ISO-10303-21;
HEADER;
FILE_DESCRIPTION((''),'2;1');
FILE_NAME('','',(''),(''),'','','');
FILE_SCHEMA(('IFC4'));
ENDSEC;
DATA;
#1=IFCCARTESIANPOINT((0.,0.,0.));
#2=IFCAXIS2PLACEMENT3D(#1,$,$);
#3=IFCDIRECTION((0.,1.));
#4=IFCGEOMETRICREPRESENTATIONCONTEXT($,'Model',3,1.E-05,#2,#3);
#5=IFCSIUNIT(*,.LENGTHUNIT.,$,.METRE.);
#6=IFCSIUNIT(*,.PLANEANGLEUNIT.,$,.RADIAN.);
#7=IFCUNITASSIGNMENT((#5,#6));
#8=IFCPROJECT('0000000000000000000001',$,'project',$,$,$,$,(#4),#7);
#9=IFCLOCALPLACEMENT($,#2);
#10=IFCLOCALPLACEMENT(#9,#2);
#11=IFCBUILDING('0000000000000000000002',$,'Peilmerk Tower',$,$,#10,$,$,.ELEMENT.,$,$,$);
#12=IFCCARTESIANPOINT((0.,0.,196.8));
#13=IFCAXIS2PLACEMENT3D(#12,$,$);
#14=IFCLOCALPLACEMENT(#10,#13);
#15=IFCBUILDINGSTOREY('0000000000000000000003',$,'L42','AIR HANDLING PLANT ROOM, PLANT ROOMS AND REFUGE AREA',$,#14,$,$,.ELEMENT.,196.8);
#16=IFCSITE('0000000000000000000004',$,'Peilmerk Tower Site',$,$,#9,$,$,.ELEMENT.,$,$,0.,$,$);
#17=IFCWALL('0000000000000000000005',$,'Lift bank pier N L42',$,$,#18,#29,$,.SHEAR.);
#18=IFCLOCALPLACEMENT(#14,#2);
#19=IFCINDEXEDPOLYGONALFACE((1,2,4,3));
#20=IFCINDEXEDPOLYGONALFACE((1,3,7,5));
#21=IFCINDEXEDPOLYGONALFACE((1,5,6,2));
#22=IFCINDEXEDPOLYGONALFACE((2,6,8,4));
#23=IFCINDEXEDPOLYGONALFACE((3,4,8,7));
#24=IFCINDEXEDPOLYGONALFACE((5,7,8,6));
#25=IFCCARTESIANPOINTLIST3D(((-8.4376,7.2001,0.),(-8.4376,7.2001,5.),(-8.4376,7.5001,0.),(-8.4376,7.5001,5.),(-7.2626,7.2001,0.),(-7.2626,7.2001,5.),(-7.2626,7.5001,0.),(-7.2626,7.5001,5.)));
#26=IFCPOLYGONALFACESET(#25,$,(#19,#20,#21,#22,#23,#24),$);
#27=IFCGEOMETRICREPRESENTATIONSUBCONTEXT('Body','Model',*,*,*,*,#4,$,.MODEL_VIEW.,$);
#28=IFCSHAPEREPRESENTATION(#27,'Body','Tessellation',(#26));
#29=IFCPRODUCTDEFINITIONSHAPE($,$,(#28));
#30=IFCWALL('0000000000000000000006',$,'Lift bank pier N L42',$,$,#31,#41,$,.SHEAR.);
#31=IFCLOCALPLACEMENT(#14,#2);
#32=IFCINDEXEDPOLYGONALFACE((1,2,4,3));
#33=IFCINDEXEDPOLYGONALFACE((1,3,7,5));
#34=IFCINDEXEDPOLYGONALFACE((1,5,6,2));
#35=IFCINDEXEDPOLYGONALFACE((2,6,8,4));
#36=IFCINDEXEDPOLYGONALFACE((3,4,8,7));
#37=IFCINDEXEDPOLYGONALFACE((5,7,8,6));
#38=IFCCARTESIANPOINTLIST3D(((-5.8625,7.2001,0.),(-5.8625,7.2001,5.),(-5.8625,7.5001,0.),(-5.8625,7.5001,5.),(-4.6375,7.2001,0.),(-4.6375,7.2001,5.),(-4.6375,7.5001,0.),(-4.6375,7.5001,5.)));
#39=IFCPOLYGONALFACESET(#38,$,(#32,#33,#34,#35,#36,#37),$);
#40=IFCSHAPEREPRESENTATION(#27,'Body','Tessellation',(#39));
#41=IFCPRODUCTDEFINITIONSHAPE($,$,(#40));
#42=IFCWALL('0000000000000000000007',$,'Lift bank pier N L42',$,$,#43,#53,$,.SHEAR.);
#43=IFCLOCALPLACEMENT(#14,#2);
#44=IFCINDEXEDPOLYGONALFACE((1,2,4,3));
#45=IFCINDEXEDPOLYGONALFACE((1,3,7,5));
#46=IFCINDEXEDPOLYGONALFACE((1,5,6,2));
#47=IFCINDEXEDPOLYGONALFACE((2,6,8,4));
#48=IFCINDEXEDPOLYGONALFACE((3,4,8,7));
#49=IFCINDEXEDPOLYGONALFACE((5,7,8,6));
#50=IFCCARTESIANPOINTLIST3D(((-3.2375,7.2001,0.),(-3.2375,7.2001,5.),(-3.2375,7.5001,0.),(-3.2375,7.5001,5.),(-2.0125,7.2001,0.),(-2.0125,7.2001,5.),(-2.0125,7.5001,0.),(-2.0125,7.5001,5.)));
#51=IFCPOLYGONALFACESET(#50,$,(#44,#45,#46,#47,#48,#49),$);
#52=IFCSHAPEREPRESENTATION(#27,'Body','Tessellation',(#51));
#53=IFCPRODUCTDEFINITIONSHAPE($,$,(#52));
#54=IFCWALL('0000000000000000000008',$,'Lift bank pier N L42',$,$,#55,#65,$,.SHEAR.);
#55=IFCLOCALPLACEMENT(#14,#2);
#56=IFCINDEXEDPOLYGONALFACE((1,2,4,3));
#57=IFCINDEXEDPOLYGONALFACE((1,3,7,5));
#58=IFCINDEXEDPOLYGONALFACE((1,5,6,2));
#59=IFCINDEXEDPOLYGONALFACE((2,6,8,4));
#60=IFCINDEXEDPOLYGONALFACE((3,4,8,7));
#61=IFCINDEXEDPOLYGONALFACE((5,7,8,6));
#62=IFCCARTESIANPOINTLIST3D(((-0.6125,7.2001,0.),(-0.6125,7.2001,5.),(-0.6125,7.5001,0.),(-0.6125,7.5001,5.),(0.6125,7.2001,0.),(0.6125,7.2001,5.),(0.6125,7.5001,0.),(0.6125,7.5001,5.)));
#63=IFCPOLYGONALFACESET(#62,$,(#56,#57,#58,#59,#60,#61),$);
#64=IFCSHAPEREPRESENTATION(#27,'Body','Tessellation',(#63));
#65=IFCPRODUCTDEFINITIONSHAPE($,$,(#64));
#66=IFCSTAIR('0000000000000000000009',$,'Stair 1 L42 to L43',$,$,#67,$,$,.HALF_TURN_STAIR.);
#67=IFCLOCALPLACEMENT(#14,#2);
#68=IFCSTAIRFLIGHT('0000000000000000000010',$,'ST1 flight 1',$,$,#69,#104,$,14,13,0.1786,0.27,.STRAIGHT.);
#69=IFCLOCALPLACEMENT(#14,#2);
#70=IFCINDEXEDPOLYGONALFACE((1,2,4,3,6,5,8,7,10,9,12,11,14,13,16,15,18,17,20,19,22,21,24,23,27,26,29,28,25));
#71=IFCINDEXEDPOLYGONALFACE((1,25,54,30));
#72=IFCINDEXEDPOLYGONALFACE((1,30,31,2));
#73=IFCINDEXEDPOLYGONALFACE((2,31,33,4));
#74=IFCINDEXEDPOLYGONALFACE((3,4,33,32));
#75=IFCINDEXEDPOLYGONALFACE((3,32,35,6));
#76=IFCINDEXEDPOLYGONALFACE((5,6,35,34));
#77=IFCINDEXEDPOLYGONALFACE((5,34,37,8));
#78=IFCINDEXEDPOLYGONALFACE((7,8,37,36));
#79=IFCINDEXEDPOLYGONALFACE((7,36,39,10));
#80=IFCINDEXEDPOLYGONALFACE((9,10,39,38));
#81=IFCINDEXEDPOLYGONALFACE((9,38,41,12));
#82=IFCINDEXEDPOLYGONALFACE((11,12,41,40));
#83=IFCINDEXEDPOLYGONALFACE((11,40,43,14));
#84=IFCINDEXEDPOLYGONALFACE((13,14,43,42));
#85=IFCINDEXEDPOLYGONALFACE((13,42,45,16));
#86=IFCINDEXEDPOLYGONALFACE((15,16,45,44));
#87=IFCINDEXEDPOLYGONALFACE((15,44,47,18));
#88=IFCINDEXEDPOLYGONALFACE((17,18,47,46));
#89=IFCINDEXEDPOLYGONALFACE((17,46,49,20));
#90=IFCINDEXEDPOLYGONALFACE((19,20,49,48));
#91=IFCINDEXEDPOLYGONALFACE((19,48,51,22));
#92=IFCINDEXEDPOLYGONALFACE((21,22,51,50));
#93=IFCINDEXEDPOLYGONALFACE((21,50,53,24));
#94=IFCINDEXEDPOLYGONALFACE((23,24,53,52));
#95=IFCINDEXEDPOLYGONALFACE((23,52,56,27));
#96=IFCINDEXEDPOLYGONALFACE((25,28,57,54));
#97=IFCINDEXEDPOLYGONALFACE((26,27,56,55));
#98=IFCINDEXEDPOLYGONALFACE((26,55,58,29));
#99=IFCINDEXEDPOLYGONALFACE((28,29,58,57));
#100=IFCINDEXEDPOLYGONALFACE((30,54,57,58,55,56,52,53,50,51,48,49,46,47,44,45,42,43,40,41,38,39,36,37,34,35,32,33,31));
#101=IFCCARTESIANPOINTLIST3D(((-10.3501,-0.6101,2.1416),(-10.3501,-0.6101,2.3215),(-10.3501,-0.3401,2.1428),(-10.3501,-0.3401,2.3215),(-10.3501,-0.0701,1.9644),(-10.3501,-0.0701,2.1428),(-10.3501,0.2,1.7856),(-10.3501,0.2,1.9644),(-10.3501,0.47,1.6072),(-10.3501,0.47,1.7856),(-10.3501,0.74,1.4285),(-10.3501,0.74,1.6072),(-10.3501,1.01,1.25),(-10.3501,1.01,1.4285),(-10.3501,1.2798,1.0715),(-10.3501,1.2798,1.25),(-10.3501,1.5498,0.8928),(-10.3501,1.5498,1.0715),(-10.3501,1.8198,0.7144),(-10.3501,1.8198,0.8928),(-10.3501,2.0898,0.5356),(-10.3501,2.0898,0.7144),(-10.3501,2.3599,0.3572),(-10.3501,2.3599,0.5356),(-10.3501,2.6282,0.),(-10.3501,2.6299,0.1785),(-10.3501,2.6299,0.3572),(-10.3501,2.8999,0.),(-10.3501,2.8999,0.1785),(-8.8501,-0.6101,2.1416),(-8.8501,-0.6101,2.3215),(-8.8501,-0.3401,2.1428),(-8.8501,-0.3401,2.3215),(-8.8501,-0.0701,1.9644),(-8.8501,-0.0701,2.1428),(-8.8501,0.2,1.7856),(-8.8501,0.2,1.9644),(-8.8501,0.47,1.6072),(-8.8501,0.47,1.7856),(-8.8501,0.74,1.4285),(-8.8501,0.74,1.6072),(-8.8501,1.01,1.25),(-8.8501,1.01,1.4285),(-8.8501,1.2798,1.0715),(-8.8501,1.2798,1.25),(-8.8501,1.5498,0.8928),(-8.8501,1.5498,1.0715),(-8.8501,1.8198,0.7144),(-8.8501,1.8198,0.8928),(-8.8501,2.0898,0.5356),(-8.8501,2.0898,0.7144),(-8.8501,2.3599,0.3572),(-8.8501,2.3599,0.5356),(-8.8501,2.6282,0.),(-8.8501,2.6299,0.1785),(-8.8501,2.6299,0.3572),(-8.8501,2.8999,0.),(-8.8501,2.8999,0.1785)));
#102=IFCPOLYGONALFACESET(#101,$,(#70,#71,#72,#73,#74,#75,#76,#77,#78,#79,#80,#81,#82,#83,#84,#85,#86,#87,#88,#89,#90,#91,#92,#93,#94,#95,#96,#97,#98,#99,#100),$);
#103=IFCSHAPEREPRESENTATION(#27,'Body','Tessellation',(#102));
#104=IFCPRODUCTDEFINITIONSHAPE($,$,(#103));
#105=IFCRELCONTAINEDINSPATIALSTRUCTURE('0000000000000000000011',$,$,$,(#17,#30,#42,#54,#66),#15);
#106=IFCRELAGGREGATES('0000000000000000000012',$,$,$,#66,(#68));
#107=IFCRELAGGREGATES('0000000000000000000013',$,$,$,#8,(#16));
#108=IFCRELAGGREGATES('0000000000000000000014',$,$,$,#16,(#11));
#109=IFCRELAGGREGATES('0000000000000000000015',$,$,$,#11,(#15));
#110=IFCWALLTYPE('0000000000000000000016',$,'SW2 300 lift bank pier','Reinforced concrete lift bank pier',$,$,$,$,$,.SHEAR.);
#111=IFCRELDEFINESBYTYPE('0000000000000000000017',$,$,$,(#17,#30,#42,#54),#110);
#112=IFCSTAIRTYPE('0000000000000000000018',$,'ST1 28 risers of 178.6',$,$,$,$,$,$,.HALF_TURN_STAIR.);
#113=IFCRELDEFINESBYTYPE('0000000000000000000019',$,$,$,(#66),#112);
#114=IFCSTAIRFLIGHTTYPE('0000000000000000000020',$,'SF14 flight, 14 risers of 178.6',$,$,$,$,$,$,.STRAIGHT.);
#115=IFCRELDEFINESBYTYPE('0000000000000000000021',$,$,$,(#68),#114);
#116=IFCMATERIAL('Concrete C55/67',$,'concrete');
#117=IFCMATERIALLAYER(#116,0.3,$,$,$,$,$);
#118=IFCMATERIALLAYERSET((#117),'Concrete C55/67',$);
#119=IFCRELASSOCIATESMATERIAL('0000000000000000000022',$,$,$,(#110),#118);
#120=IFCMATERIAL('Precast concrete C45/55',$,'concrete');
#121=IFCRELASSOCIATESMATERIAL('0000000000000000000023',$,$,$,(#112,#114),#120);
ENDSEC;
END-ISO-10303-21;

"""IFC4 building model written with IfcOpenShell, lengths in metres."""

from ifc_helpers import new_model, si_unit, direction, frame, frame_2d, origin, place, context, subcontext, project, spatial, polyline, rectangle, outline, extrude, material, layer, layer_set, type_object, element, aggregate, save


model = new_model("IFC4")

# Units and contexts
model_context = context("Model", 3, precision=1e-05, world=origin(), true_north=direction((0.0, 1.0)))
body_context = subcontext(model_context, "Body", "Model", "MODEL_VIEW")
ifc_project = project(units=[si_unit("LENGTHUNIT", "METRE"), si_unit("PLANEANGLEUNIT", "RADIAN")], contexts=[model_context])

# Site, building, storey
site_placement = place(None, origin())
site = spatial("IfcSite", under=ifc_project, at=site_placement, Name="Peilmerk Tower Site", CompositionType="ELEMENT", RefElevation=0.0)
building_placement = place(site_placement, origin())
building = spatial("IfcBuilding", under=site, at=building_placement, Name="Peilmerk Tower", CompositionType="ELEMENT")
storey_placement = place(building_placement, frame((0.0, 0.0, 196.8)))
storey = spatial("IfcBuildingStorey", under=building, at=storey_placement, Name="L42", Description="AIR HANDLING PLANT ROOM, PLANT ROOMS AND REFUGE AREA", CompositionType="ELEMENT", Elevation=196.8)

# Shared definitions
ifc_material_1 = material(Name="Concrete C55/67", Category="concrete")

# Walls
ifc_layer_1 = layer(ifc_material_1, 0.3)
ifc_layer_set_1 = layer_set([ifc_layer_1], Name="Concrete C55/67")
wall_type_1 = type_object("IfcWallType", Name="SW2 300 lift bank pier", Description="Reinforced concrete lift bank pier", PredefinedType="SHEAR", material=ifc_layer_set_1)
wall_1_placement = place(storey_placement, frame((-8.4375, 7.3501, 0.0), z_axis=(0.0, 0.0, 1.0), x_axis=(1.0, 0.0, 0.0)))
element("IfcWall", 1, at=wall_1_placement, inside=storey, type_object=wall_type_1, Name="Lift bank pier N L42", PredefinedType="SHEAR", context=body_context, shape_type="SweptSolid", body=[
    extrude(rectangle(XDim=1.175, YDim=0.3, at=frame_2d((0.5874, 0.0))), origin(), (0.0, 0.0, 1.0), 5.0),
])
for number, where, z_axis, x_axis, name in (
    (2, (-5.8625, 7.3501, 0.0), (0.0, 0.0, 1.0), (1.0, 0.0, 0.0), "Lift bank pier N L42"),
    (3, (-3.2375, 7.3501, 0.0), (0.0, 0.0, 1.0), (1.0, 0.0, 0.0), "Lift bank pier N L42"),
    (4, (-0.6125, 7.3501, 0.0), (0.0, 0.0, 1.0), (1.0, 0.0, 0.0), "Lift bank pier N L42"),
):
    element("IfcWall", number, at=place(storey_placement, frame(where, z_axis=z_axis, x_axis=x_axis)), inside=storey, type_object=wall_type_1, Name=name, PredefinedType="SHEAR", context=body_context, shape_type="SweptSolid", body=[
        extrude(rectangle(XDim=1.2251, YDim=0.3, at=frame_2d((0.6125, 0.0))), origin(), (0.0, 0.0, 1.0), 5.0),
    ])

# Stair, stair flight
ifc_material_2 = material(Name="Precast concrete C45/55", Category="concrete")
stair_type = type_object("IfcStairType", Name="ST1 28 risers of 178.6", PredefinedType="HALF_TURN_STAIR", material=ifc_material_2)
stair_placement = place(storey_placement, origin())
stair = element("IfcStair", 5, at=stair_placement, inside=storey, type_object=stair_type, Name="Stair 1 L42 to L43", PredefinedType="HALF_TURN_STAIR")
stair_flight_type = type_object("IfcStairFlightType", Name="SF14 flight, 14 risers of 178.6", PredefinedType="STRAIGHT", material=ifc_material_2)
stair_flight_placement = place(storey_placement, frame((-9.6001, 2.8999, 0.0), z_axis=(0.0, 0.0, 1.0), x_axis=(0.0, -1.0, 0.0)))
stair_flight = element("IfcStairFlight", 6, at=stair_flight_placement, type_object=stair_flight_type, Name="ST1 flight 1", NumberOfRisers=14, NumberOfTreads=13, PredefinedType="STRAIGHT", RiserHeight=0.1786, TreadLength=0.27, context=body_context, shape_type="SweptSolid", body=[
    extrude(outline(polyline([(0.0, 0.0), (0.0, 0.1785), (0.27, 0.1785), (0.27, 0.3572), (0.54, 0.3572), (0.54, 0.5356), (0.8101, 0.5356), (0.8101, 0.7144), (1.0801, 0.7144), (1.0801, 0.8928), (1.3501, 0.8928), (1.3501, 1.0715), (1.6201, 1.0715), (1.6201, 1.25), (1.8899, 1.25), (1.8899, 1.4285), (2.1599, 1.4285), (2.1599, 1.6072), (2.4299, 1.6072), (2.4299, 1.7856), (2.7, 1.7856), (2.7, 1.9644), (2.97, 1.9644), (2.97, 2.1428), (3.24, 2.1428), (3.24, 2.3215), (3.51, 2.3215), (3.51, 2.5), (3.51, 2.1416), (0.2717, 0.0), (0.0, 0.0)])), frame((0.0, 0.75, 0.0), z_axis=(0.0, -1.0, 0.0), x_axis=(1.0, 0.0, 0.0)), (0.0, 0.0, 1.0), 1.5),
])
aggregate(stair, [stair_flight])

save(model, "model.ifc")
